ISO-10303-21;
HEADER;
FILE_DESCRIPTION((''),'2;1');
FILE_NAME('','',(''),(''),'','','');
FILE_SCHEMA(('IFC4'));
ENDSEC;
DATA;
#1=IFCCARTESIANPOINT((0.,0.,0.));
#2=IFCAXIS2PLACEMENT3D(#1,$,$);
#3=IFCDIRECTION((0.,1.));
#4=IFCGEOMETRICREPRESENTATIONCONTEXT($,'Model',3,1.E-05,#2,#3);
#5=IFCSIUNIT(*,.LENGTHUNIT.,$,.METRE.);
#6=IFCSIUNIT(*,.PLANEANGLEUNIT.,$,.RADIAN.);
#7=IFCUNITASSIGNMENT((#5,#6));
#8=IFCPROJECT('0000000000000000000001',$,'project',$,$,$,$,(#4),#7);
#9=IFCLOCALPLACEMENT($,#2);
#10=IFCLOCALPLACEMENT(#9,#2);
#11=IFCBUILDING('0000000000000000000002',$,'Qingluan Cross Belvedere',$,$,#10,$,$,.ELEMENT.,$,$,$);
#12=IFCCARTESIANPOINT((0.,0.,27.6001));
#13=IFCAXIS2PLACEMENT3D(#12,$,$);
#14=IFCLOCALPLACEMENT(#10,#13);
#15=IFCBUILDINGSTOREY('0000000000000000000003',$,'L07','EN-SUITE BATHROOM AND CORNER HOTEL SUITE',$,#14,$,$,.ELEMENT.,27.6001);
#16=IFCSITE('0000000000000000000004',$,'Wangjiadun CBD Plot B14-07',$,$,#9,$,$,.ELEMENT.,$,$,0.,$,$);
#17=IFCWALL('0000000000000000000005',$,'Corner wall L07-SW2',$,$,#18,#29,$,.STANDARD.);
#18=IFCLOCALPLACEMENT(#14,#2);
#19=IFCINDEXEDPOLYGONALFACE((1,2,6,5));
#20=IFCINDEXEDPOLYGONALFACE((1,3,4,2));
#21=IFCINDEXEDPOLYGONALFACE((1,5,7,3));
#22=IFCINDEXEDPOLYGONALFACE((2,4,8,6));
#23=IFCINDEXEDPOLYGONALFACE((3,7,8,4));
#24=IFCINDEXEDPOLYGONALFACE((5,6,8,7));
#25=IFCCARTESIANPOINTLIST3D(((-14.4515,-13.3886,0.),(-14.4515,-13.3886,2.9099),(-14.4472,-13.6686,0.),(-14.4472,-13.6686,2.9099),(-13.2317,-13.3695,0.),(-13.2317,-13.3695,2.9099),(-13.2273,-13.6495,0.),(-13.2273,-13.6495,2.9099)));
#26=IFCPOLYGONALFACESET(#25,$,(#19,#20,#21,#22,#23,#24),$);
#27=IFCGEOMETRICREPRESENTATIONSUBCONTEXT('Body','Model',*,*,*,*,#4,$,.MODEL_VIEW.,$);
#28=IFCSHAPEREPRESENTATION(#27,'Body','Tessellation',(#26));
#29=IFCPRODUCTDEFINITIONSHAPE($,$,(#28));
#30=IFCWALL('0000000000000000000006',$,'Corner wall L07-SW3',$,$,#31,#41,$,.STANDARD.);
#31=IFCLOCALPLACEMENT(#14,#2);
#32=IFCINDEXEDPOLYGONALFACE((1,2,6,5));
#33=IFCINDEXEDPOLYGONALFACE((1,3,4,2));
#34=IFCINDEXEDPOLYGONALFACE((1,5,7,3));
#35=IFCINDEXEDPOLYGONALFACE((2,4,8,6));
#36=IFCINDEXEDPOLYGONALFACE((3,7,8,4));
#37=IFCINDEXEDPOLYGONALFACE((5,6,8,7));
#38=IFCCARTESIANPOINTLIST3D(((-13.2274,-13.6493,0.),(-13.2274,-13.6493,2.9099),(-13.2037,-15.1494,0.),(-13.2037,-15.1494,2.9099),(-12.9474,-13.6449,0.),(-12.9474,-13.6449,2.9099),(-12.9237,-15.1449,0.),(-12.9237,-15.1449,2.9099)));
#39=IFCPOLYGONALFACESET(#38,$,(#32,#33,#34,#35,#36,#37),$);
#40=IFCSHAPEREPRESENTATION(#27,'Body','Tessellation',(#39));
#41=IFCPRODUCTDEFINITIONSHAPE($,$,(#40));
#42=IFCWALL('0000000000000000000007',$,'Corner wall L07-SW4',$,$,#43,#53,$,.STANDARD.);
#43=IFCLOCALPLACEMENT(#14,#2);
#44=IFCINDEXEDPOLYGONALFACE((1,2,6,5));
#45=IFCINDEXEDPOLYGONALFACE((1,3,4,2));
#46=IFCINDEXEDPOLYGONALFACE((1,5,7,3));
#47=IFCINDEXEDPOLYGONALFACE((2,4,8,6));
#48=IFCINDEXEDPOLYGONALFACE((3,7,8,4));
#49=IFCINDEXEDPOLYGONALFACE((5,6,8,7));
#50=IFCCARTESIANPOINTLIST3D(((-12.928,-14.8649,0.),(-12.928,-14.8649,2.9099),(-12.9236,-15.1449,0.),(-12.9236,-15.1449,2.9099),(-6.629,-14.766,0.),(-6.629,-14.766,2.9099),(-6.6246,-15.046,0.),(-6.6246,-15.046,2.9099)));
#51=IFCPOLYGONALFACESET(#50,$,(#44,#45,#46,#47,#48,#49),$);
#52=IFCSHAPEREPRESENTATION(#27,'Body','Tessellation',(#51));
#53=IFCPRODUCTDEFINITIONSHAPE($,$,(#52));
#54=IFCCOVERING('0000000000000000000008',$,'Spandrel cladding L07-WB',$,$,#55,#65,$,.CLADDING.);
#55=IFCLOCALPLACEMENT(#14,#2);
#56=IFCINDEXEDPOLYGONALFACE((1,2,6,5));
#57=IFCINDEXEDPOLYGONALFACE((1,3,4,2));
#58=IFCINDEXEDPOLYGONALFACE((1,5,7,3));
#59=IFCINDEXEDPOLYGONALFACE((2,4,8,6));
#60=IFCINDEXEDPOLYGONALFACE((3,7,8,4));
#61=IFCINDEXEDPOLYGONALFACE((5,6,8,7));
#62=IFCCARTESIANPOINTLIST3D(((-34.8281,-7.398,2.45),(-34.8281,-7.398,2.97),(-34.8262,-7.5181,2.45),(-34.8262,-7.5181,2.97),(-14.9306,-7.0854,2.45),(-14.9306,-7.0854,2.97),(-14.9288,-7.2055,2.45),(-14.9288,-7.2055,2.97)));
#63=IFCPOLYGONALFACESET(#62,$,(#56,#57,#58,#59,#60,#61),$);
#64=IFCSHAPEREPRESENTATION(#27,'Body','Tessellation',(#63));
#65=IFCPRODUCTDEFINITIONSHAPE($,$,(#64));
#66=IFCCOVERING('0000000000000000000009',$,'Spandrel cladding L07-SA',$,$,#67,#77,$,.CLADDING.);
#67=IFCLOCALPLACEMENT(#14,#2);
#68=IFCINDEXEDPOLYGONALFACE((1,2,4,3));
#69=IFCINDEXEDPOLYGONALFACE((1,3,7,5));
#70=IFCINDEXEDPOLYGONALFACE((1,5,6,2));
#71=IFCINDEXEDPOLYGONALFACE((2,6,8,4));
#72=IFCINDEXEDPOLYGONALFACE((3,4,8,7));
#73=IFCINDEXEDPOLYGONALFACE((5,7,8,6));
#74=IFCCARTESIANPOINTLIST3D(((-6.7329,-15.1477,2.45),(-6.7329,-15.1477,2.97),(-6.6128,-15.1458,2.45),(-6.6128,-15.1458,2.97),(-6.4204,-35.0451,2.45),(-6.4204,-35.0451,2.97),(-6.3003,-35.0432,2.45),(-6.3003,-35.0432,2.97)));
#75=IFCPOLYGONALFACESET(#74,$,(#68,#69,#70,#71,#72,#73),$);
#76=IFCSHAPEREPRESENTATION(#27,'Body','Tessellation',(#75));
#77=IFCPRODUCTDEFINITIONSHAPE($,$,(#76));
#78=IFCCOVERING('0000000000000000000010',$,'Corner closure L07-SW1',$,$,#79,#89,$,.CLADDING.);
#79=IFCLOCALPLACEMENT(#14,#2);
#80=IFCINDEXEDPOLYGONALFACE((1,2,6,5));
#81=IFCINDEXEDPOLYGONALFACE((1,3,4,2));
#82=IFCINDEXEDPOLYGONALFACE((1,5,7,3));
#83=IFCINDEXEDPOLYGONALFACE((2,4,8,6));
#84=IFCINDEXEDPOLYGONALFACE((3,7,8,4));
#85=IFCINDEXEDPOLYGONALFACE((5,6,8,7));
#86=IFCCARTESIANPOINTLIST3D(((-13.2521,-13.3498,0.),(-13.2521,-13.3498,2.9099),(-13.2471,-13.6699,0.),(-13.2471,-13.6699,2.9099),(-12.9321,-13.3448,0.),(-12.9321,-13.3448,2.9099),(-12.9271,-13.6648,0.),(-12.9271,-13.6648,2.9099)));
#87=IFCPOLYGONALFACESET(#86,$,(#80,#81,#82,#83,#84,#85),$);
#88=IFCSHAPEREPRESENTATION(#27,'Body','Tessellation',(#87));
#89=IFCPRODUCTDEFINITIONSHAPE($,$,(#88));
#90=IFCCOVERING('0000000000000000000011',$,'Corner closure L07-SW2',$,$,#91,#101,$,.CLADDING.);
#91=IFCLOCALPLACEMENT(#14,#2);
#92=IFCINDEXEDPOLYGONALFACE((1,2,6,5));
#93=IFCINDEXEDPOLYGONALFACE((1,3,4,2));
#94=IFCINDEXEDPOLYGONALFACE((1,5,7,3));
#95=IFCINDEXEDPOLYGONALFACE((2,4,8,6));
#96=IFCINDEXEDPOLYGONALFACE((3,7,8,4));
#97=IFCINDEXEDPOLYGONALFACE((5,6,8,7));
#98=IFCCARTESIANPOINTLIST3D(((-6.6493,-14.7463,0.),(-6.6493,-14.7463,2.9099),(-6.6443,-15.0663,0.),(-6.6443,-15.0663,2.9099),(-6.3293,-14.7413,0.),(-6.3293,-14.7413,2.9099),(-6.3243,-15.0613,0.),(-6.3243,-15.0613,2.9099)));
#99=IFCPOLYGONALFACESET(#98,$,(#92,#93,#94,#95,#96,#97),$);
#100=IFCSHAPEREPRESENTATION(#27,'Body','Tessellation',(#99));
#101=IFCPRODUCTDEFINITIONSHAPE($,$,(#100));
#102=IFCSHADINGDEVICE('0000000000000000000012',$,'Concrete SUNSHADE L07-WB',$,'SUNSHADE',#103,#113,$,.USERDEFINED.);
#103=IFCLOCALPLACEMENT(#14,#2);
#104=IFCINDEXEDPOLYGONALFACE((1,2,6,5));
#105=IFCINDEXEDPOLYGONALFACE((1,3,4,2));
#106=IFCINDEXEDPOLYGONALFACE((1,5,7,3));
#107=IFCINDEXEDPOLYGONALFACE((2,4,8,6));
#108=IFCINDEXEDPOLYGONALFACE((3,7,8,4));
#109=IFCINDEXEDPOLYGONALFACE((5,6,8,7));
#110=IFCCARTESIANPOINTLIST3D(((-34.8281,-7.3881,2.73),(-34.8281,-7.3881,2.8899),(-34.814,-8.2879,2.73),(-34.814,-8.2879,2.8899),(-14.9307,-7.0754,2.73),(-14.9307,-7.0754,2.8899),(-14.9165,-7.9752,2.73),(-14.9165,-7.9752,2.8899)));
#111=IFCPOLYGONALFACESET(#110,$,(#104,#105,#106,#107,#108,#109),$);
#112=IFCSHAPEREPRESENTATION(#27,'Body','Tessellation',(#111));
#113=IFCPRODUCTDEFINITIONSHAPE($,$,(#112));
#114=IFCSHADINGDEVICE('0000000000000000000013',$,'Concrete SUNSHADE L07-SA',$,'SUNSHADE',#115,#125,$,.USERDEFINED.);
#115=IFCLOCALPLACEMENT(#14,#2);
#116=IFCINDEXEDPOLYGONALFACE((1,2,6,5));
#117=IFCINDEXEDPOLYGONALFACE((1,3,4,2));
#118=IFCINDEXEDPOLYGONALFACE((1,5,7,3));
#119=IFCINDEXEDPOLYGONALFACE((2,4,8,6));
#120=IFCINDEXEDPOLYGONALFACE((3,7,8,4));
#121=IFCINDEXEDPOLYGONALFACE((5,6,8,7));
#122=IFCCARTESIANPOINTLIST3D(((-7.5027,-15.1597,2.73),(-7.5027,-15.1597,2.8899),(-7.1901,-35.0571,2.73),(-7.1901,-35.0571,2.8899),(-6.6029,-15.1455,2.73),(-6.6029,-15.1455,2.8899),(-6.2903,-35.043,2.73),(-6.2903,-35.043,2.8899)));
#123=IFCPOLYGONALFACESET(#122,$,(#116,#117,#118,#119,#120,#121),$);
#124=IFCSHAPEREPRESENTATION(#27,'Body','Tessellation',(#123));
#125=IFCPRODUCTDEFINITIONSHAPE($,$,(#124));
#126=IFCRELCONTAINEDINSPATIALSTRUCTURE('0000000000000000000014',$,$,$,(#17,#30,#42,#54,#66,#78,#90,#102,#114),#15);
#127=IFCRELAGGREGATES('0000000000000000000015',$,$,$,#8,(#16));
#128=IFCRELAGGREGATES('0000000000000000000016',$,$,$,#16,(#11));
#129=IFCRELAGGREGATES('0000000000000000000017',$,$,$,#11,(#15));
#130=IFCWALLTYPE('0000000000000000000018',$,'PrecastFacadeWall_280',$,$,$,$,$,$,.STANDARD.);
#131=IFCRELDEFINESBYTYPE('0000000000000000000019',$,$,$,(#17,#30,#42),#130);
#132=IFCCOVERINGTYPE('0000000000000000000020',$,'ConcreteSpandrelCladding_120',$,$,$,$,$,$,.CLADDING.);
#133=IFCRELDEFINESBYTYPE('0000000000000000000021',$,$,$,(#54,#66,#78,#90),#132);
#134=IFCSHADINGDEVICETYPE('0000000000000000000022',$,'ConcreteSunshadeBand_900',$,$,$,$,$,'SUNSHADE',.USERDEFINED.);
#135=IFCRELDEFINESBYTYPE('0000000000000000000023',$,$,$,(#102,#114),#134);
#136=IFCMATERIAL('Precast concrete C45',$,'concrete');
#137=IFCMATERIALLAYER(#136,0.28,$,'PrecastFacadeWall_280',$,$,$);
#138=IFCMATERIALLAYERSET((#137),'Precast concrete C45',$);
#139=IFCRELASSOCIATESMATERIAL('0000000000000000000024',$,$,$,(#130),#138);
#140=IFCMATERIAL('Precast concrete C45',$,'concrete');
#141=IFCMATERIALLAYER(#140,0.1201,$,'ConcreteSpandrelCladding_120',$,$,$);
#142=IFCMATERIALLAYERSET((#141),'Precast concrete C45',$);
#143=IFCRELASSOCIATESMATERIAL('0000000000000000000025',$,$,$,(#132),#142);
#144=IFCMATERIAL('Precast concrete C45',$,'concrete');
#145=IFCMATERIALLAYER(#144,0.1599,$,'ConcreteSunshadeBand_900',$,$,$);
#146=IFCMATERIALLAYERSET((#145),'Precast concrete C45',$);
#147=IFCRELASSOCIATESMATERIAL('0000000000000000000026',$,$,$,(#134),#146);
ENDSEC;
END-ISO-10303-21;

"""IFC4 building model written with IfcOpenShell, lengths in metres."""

from ifc_helpers import new_model, si_unit, direction, frame, frame_2d, origin, origin_2d, place, context, subcontext, project, spatial, rectangle, extrude, material, layer, layer_set, type_object, element, save


model = new_model("IFC4")

# Units and contexts
model_context = context("Model", 3, precision=1e-05, world=origin(), true_north=direction((0.0, 1.0)))
body_context = subcontext(model_context, "Body", "Model", "MODEL_VIEW")
ifc_project = project(units=[si_unit("LENGTHUNIT", "METRE"), si_unit("PLANEANGLEUNIT", "RADIAN")], contexts=[model_context])

# Site, building, storey
site_placement = place(None, origin())
site = spatial("IfcSite", under=ifc_project, at=site_placement, Name="Wangjiadun CBD Plot B14-07", CompositionType="ELEMENT", RefElevation=0.0)
building_placement = place(site_placement, origin())
building = spatial("IfcBuilding", under=site, at=building_placement, Name="Qingluan Cross Belvedere", CompositionType="ELEMENT")
storey_placement = place(building_placement, frame((0.0, 0.0, 27.6001)))
storey = spatial("IfcBuildingStorey", under=building, at=storey_placement, Name="L07", Description="EN-SUITE BATHROOM AND CORNER HOTEL SUITE", CompositionType="ELEMENT", Elevation=27.6001)

# Shared definitions
ifc_material_1 = material(Name="Precast concrete C45", Category="concrete")
ifc_layer_1 = layer(ifc_material_1, 0.28, Name="PrecastFacadeWall_280")
ifc_layer_set_1 = layer_set([ifc_layer_1], Name="Precast concrete C45")
wall_type_1 = type_object("IfcWallType", Name="PrecastFacadeWall_280", PredefinedType="STANDARD", material=ifc_layer_set_1)

# Walls
wall_1_placement = place(storey_placement, frame((-14.4492, -13.5286, 0.0), z_axis=(0.0, 0.0, 1.0), x_axis=(0.999878, 0.015611, 0.0)))
element("IfcWall", 1, at=wall_1_placement, inside=storey, type_object=wall_type_1, Name="Corner wall L07-SW2", PredefinedType="STANDARD", context=body_context, shape_type="SweptSolid", body=[
    extrude(rectangle(XDim=1.22, YDim=0.28, at=frame_2d((0.6099, 0.0))), origin(), (0.0, 0.0, 1.0), 2.9099),
])
wall_2_placement = place(storey_placement, frame((-13.0874, -13.6472, 0.0), z_axis=(0.0, 0.0, 1.0), x_axis=(0.015786, -0.999875, 0.0)))
element("IfcWall", 2, at=wall_2_placement, inside=storey, type_object=wall_type_1, Name="Corner wall L07-SW3", PredefinedType="STANDARD", context=body_context, shape_type="SweptSolid", body=[
    extrude(rectangle(XDim=1.5002, YDim=0.28, at=frame_2d((0.75, 0.0))), origin(), (0.0, 0.0, 1.0), 2.9099),
])
wall_3_placement = place(storey_placement, frame((-12.9258, -15.0049, 0.0), z_axis=(0.0, 0.0, 1.0), x_axis=(0.999877, 0.015695, 0.0)))
element("IfcWall", 3, at=wall_3_placement, inside=storey, type_object=wall_type_1, Name="Corner wall L07-SW4", PredefinedType="STANDARD", context=body_context, shape_type="SweptSolid", body=[
    extrude(rectangle(XDim=6.2998, YDim=0.28, at=frame_2d((3.1499, 0.0))), origin(), (0.0, 0.0, 1.0), 2.9099),
])

# Coverings
ifc_material_2 = material(Name="Precast concrete C45", Category="concrete")
ifc_layer_2 = layer(ifc_material_2, 0.1201, Name="ConcreteSpandrelCladding_120")
ifc_layer_set_2 = layer_set([ifc_layer_2], Name="Precast concrete C45")
covering_type = type_object("IfcCoveringType", Name="ConcreteSpandrelCladding_120", PredefinedType="CLADDING", material=ifc_layer_set_2)
for number, where, z_axis, x_axis, name in (
    (4, (-24.8784, -7.3018, 2.45), (0.0, 0.0, 1.0), (0.999877, 0.015711, 0.0), "Spandrel cladding L07-WB"),
    (5, (-6.5166, -25.0955, 2.45), (0.0, 0.0, 1.0), (0.015706, -0.999877, 0.0), "Spandrel cladding L07-SA"),
):
    element("IfcCovering", number, at=place(storey_placement, frame(where, z_axis=z_axis, x_axis=x_axis)), inside=storey, type_object=covering_type, Name=name, PredefinedType="CLADDING", context=body_context, shape_type="SweptSolid", body=[
        extrude(rectangle(XDim=19.8999, YDim=0.1201, at=origin_2d()), origin(), (0.0, 0.0, 1.0), 0.52),
    ])
for number, where, z_axis, x_axis, name in (
    (6, (-13.0896, -13.5073, 0.0), (0.0, 0.0, 1.0), (0.999877, 0.015707, 0.0), "Corner closure L07-SW1"),
    (7, (-6.4868, -14.9038, 0.0), (0.0, 0.0, 1.0), (0.999877, 0.015707, 0.0), "Corner closure L07-SW2"),
):
    element("IfcCovering", number, at=place(storey_placement, frame(where, z_axis=z_axis, x_axis=x_axis)), inside=storey, type_object=covering_type, Name=name, PredefinedType="CLADDING", context=body_context, shape_type="SweptSolid", body=[
        extrude(rectangle(XDim=0.3201, YDim=0.3201, at=origin_2d()), origin(), (0.0, 0.0, 1.0), 2.9099),
    ])

# Shading devices
ifc_material_3 = material(Name="Precast concrete C45", Category="concrete")
ifc_layer_3 = layer(ifc_material_3, 0.1599, Name="ConcreteSunshadeBand_900")
ifc_layer_set_3 = layer_set([ifc_layer_3], Name="Precast concrete C45")
shading_device_type = type_object("IfcShadingDeviceType", Name="ConcreteSunshadeBand_900", ElementType="SUNSHADE", PredefinedType="USERDEFINED", material=ifc_layer_set_3)
for number, where, z_axis, x_axis, name in (
    (8, (-24.8723, -7.6816, 2.73), (0.0, 0.0, 1.0), (0.999877, 0.015711, 0.0), "Concrete SUNSHADE L07-WB"),
    (9, (-6.8965, -25.1013, 2.73), (0.0, 0.0, 1.0), (0.015706, -0.999877, 0.0), "Concrete SUNSHADE L07-SA"),
):
    element("IfcShadingDevice", number, at=place(storey_placement, frame(where, z_axis=z_axis, x_axis=x_axis)), inside=storey, type_object=shading_device_type, Name=name, ObjectType="SUNSHADE", PredefinedType="USERDEFINED", context=body_context, shape_type="SweptSolid", body=[
        extrude(rectangle(XDim=19.8999, YDim=0.8999, at=origin_2d()), origin(), (0.0, 0.0, 1.0), 0.1599),
    ])

save(model, "model.ifc")
